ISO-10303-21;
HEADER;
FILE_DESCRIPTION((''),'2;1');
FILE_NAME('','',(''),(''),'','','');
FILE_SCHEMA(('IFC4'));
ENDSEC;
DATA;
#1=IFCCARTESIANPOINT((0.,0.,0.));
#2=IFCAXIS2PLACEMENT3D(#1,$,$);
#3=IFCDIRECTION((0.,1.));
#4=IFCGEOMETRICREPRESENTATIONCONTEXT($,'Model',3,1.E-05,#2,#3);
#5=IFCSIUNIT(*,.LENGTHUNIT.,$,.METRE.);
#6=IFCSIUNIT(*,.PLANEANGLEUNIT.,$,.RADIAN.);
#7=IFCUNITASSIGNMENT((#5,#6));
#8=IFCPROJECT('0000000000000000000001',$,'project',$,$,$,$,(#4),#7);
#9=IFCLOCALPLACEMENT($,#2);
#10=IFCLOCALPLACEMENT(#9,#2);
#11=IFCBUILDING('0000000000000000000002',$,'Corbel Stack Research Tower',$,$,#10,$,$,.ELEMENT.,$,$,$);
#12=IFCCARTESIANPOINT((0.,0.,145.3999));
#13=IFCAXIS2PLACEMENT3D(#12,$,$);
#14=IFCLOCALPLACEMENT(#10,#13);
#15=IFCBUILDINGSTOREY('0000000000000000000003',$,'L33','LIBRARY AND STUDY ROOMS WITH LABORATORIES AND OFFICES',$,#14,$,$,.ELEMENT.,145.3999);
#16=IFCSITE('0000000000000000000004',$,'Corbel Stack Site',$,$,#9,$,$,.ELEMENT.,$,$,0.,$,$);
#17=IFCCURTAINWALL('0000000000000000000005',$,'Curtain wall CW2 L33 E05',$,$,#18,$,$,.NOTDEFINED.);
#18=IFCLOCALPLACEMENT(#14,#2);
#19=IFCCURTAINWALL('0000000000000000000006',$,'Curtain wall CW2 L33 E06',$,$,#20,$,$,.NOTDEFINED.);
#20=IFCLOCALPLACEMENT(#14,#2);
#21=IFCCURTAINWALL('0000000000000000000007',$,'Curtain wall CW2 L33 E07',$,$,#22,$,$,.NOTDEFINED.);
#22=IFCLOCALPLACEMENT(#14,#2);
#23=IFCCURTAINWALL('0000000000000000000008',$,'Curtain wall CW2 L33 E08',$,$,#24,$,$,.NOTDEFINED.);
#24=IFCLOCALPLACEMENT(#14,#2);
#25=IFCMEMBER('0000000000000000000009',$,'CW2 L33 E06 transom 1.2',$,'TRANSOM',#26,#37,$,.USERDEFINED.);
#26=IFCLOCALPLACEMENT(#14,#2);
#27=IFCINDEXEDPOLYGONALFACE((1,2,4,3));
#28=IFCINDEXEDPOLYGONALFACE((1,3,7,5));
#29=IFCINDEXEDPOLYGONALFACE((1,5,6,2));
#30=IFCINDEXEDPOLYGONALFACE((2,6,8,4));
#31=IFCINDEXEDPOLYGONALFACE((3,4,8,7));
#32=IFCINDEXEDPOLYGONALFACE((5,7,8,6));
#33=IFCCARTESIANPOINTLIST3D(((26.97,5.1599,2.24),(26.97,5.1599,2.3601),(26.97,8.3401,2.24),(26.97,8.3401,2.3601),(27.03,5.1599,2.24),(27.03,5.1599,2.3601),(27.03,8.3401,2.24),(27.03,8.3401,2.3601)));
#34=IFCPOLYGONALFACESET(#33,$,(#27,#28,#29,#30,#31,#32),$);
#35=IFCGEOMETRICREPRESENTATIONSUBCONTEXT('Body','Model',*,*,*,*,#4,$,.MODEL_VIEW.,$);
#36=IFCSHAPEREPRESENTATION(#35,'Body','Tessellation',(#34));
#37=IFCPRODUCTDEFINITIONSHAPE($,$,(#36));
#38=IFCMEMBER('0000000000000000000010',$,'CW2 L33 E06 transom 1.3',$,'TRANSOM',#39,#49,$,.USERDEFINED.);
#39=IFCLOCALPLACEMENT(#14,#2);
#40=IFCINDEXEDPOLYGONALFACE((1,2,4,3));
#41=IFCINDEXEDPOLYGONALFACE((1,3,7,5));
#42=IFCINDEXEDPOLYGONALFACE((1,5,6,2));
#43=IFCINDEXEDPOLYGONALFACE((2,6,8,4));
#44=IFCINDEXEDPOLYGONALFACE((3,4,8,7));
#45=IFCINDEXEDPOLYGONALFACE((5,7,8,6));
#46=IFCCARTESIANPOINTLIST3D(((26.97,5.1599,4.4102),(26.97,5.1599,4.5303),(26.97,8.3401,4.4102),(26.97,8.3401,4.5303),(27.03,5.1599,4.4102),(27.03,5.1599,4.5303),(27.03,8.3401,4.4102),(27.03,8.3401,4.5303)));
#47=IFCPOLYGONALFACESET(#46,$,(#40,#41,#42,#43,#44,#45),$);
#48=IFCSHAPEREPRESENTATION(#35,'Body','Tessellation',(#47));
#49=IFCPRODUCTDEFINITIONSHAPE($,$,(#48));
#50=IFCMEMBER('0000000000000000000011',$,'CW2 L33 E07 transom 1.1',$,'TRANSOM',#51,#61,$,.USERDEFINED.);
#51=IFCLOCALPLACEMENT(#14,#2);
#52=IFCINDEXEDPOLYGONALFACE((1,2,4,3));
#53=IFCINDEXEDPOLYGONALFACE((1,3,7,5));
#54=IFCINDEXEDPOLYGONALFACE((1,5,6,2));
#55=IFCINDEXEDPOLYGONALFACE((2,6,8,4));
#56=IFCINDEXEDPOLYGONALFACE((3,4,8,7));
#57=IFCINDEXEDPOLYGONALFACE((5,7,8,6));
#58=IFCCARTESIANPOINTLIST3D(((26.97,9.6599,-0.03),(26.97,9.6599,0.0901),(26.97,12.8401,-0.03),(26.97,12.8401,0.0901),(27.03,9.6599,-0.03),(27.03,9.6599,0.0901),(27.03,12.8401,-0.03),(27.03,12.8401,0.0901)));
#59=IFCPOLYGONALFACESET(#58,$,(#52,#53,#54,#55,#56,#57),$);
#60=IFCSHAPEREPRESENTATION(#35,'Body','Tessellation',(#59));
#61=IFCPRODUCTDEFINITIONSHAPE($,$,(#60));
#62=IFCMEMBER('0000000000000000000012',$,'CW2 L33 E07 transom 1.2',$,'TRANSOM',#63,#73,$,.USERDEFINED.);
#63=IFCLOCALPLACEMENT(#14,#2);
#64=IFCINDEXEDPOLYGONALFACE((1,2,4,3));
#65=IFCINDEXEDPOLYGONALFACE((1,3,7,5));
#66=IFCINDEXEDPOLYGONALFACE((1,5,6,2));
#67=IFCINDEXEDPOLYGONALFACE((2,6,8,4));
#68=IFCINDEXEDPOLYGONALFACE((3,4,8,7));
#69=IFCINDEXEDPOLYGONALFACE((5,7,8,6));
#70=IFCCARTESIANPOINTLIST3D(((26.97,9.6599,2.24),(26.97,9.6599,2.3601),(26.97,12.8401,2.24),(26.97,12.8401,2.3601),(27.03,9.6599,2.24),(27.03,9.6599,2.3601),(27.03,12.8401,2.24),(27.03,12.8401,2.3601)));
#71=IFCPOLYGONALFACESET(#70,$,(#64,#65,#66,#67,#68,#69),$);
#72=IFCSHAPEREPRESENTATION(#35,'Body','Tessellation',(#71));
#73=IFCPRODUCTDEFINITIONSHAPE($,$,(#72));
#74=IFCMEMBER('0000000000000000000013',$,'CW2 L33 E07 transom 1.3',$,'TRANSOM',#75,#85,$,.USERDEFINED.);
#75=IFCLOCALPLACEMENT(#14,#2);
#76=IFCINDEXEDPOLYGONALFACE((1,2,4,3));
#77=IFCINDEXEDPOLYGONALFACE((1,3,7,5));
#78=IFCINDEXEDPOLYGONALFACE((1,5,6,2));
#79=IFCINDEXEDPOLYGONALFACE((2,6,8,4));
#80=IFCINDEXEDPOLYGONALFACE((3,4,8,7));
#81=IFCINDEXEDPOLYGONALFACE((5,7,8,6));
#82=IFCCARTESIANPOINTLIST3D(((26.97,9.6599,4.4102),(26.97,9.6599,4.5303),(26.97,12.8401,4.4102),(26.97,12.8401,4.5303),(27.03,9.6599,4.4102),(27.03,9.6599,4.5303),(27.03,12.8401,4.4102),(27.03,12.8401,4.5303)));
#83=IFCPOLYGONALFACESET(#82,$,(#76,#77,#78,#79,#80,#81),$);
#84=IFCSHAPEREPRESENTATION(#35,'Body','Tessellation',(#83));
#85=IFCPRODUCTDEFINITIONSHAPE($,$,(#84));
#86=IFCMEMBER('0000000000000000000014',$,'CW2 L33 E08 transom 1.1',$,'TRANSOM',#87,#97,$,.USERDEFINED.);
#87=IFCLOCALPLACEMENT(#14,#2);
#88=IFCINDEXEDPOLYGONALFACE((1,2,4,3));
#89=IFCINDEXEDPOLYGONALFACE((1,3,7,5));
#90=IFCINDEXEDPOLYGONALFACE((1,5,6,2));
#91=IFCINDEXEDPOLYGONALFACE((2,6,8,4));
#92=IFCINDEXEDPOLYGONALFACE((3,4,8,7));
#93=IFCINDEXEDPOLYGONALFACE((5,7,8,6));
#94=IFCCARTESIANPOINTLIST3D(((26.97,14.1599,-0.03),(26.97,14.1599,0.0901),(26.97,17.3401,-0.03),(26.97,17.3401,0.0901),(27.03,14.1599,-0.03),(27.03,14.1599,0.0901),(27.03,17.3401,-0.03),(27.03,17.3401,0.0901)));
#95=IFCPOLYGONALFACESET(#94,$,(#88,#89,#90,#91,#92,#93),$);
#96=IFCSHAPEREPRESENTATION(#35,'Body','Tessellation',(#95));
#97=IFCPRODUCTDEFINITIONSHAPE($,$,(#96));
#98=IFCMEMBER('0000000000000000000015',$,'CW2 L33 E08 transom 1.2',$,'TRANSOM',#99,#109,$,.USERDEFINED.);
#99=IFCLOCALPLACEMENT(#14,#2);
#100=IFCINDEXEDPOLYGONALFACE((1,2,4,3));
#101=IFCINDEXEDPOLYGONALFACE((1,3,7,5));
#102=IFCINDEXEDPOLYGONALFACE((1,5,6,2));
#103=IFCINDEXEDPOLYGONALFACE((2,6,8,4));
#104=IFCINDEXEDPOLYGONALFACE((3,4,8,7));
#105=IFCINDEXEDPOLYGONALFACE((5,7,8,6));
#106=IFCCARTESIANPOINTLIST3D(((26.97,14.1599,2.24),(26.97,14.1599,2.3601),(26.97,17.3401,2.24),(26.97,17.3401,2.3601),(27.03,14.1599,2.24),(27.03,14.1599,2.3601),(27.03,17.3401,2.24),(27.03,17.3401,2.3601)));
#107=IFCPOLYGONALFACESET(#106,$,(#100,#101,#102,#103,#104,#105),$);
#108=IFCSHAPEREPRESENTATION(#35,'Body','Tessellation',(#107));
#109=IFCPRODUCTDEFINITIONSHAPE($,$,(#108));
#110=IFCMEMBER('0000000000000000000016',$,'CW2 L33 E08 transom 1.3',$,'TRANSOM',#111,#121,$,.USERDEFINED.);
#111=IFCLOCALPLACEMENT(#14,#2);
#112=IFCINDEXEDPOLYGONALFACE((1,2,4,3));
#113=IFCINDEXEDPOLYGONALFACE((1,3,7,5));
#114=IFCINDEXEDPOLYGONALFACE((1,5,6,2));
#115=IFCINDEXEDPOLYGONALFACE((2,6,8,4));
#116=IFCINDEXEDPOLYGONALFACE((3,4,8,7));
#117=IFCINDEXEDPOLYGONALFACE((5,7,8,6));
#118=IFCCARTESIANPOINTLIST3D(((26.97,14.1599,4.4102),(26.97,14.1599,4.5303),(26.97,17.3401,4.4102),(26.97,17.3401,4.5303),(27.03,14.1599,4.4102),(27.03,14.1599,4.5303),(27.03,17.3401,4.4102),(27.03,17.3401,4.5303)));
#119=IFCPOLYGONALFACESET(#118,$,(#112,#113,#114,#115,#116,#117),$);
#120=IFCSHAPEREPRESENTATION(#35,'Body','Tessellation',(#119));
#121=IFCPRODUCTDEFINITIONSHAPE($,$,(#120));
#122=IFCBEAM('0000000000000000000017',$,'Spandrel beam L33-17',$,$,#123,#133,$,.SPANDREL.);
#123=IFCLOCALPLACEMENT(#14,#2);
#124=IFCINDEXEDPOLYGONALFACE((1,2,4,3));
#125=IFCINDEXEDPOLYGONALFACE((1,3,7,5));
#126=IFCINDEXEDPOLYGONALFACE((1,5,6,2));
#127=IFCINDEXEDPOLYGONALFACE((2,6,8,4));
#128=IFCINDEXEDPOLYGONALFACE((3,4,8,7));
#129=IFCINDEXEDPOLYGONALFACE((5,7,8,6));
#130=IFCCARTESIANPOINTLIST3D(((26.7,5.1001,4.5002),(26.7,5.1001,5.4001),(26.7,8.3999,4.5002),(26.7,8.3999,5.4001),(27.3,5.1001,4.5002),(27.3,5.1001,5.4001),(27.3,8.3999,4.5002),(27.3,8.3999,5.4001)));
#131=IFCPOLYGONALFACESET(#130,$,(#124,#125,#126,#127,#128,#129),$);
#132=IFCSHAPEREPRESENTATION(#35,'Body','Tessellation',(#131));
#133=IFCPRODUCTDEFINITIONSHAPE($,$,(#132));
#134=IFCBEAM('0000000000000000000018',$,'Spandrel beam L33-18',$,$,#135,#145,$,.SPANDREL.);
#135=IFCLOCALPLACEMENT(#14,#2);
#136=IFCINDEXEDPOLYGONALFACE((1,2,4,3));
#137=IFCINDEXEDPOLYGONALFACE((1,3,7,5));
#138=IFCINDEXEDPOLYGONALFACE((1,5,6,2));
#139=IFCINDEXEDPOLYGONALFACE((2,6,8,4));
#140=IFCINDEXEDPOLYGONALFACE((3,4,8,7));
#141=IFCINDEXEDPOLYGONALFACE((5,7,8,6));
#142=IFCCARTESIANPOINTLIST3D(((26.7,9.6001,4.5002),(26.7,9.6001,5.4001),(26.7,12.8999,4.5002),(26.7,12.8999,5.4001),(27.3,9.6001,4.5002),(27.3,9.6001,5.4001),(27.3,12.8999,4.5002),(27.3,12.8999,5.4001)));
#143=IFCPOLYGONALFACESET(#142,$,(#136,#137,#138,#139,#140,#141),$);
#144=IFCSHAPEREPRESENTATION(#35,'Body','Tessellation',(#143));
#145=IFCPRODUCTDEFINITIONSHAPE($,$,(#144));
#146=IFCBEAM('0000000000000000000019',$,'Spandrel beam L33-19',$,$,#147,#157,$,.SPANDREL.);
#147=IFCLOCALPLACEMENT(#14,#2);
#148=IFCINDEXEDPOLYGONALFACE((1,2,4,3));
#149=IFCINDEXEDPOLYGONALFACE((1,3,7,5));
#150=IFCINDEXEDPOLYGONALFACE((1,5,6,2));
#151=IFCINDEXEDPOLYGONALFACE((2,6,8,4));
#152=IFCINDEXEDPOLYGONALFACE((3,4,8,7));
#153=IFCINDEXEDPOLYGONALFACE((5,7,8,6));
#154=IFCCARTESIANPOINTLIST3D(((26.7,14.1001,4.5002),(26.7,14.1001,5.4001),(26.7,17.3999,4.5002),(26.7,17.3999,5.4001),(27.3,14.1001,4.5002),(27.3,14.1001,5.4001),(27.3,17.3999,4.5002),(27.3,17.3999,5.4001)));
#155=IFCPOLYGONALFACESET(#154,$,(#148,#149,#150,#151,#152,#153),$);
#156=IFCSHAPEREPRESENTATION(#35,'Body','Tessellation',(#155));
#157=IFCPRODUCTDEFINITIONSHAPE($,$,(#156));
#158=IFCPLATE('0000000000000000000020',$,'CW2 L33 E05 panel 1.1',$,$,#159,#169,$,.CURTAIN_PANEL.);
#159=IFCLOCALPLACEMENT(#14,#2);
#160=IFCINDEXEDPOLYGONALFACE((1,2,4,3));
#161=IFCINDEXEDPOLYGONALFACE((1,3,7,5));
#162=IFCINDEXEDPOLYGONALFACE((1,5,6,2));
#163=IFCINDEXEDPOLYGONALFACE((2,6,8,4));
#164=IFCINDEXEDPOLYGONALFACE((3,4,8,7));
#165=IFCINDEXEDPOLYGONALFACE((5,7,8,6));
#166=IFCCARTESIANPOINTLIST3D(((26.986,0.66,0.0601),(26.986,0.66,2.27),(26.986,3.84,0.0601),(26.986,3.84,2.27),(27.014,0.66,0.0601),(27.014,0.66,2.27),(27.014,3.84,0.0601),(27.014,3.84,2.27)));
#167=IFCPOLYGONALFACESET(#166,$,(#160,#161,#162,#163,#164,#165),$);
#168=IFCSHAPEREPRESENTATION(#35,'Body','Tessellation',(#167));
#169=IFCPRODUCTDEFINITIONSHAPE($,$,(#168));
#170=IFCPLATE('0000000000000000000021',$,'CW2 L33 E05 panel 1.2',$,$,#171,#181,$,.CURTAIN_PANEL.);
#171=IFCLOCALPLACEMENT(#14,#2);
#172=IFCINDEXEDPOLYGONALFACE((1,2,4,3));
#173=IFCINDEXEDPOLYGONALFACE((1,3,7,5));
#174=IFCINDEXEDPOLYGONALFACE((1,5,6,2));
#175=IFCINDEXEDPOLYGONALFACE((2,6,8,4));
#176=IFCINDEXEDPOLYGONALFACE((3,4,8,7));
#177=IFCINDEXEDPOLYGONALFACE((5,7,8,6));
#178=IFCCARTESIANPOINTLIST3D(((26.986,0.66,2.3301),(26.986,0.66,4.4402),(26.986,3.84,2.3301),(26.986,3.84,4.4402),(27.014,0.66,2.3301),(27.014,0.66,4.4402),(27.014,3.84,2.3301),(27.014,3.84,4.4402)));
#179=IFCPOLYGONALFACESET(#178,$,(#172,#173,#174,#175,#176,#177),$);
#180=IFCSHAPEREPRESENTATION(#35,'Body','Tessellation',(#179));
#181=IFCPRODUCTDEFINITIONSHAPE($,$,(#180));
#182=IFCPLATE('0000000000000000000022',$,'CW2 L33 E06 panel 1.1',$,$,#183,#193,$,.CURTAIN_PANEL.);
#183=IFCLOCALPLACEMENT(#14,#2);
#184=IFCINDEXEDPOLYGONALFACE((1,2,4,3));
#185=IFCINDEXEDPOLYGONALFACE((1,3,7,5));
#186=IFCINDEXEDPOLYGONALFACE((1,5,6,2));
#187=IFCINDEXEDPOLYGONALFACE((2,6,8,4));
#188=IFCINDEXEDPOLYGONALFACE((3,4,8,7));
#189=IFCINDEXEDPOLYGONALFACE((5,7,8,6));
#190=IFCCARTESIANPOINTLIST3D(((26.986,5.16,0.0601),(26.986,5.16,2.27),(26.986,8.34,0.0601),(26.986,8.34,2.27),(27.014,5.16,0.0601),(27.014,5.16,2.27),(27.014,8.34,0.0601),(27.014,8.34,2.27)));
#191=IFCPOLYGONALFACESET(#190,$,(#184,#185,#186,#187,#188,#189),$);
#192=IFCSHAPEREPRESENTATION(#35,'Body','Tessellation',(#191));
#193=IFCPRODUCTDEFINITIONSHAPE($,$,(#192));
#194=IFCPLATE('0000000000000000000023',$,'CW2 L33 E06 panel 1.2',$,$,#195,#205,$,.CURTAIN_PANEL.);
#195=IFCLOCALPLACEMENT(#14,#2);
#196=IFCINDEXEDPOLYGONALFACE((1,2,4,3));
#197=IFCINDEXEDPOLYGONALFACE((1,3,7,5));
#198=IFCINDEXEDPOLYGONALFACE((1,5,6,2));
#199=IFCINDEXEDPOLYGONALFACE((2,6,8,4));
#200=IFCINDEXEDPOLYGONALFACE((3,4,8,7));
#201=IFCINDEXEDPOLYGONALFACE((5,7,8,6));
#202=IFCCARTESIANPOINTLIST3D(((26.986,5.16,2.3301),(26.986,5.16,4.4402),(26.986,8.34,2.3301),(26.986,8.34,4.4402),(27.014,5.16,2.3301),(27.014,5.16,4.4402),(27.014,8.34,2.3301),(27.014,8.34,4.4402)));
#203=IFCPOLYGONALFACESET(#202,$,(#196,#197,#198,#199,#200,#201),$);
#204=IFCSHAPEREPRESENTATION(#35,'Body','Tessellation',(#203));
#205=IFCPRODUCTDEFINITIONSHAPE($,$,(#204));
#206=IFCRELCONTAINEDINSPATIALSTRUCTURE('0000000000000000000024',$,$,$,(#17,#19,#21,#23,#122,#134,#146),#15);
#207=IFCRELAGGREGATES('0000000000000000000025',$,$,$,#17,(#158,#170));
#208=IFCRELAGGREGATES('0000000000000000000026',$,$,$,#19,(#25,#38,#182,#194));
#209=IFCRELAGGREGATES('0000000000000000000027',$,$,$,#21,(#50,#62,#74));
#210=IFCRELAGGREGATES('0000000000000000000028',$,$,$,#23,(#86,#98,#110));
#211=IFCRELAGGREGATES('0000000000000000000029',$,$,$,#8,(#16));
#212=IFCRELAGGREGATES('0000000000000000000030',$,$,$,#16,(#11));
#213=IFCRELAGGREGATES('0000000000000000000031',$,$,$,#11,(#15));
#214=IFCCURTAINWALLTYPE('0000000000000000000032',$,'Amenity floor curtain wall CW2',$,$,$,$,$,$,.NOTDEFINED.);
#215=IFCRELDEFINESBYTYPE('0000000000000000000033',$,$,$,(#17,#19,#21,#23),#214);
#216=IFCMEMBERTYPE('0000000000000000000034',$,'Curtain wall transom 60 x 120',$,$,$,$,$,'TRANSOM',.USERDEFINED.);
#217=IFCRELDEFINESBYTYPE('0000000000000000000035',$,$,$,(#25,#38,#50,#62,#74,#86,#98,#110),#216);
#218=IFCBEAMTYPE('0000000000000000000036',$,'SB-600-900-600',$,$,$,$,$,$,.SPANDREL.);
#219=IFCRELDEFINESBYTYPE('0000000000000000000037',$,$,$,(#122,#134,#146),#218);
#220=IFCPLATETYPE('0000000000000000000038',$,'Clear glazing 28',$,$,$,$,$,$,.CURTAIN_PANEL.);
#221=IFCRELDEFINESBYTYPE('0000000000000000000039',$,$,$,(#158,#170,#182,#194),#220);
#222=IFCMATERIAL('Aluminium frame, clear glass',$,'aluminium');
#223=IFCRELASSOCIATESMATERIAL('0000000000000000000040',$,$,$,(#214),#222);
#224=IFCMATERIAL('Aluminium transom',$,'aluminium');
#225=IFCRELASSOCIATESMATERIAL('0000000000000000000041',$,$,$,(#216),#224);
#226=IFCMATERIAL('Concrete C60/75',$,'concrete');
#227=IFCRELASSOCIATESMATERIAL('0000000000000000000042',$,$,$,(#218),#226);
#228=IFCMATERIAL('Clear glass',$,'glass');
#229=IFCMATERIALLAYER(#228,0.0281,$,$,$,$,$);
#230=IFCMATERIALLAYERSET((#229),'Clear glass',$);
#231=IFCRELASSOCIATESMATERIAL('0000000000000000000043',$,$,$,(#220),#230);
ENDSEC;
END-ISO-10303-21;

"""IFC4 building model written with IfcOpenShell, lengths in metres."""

from ifc_helpers import new_model, si_unit, direction, frame, origin, origin_2d, place, context, subcontext, project, spatial, rectangle, extrude, material, layer, layer_set, material_profile, profile_set, type_object, element, aggregate, save


model = new_model("IFC4")

# Units and contexts
model_context = context("Model", 3, precision=1e-05, world=origin(), true_north=direction((0.0, 1.0)))
body_context = subcontext(model_context, "Body", "Model", "MODEL_VIEW")
ifc_project = project(units=[si_unit("LENGTHUNIT", "METRE"), si_unit("PLANEANGLEUNIT", "RADIAN")], contexts=[model_context])

# Site, building, storey
site_placement = place(None, origin())
site = spatial("IfcSite", under=ifc_project, at=site_placement, Name="Corbel Stack Site", CompositionType="ELEMENT", RefElevation=0.0)
building_placement = place(site_placement, origin())
building = spatial("IfcBuilding", under=site, at=building_placement, Name="Corbel Stack Research Tower", CompositionType="ELEMENT")
storey_placement = place(building_placement, frame((0.0, 0.0, 145.3999)))
storey = spatial("IfcBuildingStorey", under=building, at=storey_placement, Name="L33", Description="LIBRARY AND STUDY ROOMS WITH LABORATORIES AND OFFICES", CompositionType="ELEMENT", Elevation=145.3999)

# Curtain wall
ifc_material_1 = material(Name="Aluminium frame, clear glass", Category="aluminium")
curtain_wall_type = type_object("IfcCurtainWallType", Name="Amenity floor curtain wall CW2", PredefinedType="NOTDEFINED", material=ifc_material_1)
curtain_wall_1_placement = place(storey_placement, origin())
curtain_wall_1 = element("IfcCurtainWall", 1, at=curtain_wall_1_placement, inside=storey, type_object=curtain_wall_type, Name="Curtain wall CW2 L33 E05", PredefinedType="NOTDEFINED")

# Curtain walls
curtain_wall_2_placement = place(storey_placement, origin())
curtain_wall_2 = element("IfcCurtainWall", 2, at=curtain_wall_2_placement, inside=storey, type_object=curtain_wall_type, Name="Curtain wall CW2 L33 E06", PredefinedType="NOTDEFINED")
curtain_wall_3_placement = place(storey_placement, origin())
curtain_wall_3 = element("IfcCurtainWall", 3, at=curtain_wall_3_placement, inside=storey, type_object=curtain_wall_type, Name="Curtain wall CW2 L33 E07", PredefinedType="NOTDEFINED")
curtain_wall_4_placement = place(storey_placement, origin())
curtain_wall_4 = element("IfcCurtainWall", 4, at=curtain_wall_4_placement, inside=storey, type_object=curtain_wall_type, Name="Curtain wall CW2 L33 E08", PredefinedType="NOTDEFINED")

# Members
ifc_material_2 = material(Name="Aluminium transom", Category="aluminium")
ifc_material_profile_1 = material_profile(ifc_material_2, rectangle(XDim=0.0601, YDim=0.1201, at=origin_2d()), Name="Transom 60 x 120")
ifc_profile_set_1 = profile_set([ifc_material_profile_1], Name="Aluminium transom")
member_type_1 = type_object("IfcMemberType", Name="Curtain wall transom 60 x 120", ElementType="TRANSOM", PredefinedType="USERDEFINED", material=ifc_profile_set_1)
member_1_placement = place(storey_placement, frame((27.0, 5.1599, 2.3), z_axis=(0.0, 1.0, 0.0), x_axis=(-1.0, 0.0, 0.0)))
member_1 = element("IfcMember", 5, at=member_1_placement, type_object=member_type_1, Name="CW2 L33 E06 transom 1.2", ObjectType="TRANSOM", PredefinedType="USERDEFINED", context=body_context, shape_type="SweptSolid", body=[
    extrude(rectangle(XDim=0.0601, YDim=0.1201, at=origin_2d()), origin(), (0.0, 0.0, 1.0), 3.1802),
])
member_2_placement = place(storey_placement, frame((27.0, 5.1599, 4.4702), z_axis=(0.0, 1.0, 0.0), x_axis=(-1.0, 0.0, 0.0)))
member_2 = element("IfcMember", 6, at=member_2_placement, type_object=member_type_1, Name="CW2 L33 E06 transom 1.3", ObjectType="TRANSOM", PredefinedType="USERDEFINED", context=body_context, shape_type="SweptSolid", body=[
    extrude(rectangle(XDim=0.0601, YDim=0.1201, at=origin_2d()), origin(), (0.0, 0.0, 1.0), 3.1802),
])
member_3_placement = place(storey_placement, frame((27.0, 9.6599, 0.03), z_axis=(0.0, 1.0, 0.0), x_axis=(-1.0, 0.0, 0.0)))
member_3 = element("IfcMember", 7, at=member_3_placement, type_object=member_type_1, Name="CW2 L33 E07 transom 1.1", ObjectType="TRANSOM", PredefinedType="USERDEFINED", context=body_context, shape_type="SweptSolid", body=[
    extrude(rectangle(XDim=0.0601, YDim=0.1201, at=origin_2d()), origin(), (0.0, 0.0, 1.0), 3.1802),
])
member_4_placement = place(storey_placement, frame((27.0, 9.6599, 2.3), z_axis=(0.0, 1.0, 0.0), x_axis=(-1.0, 0.0, 0.0)))
member_4 = element("IfcMember", 8, at=member_4_placement, type_object=member_type_1, Name="CW2 L33 E07 transom 1.2", ObjectType="TRANSOM", PredefinedType="USERDEFINED", context=body_context, shape_type="SweptSolid", body=[
    extrude(rectangle(XDim=0.0601, YDim=0.1201, at=origin_2d()), origin(), (0.0, 0.0, 1.0), 3.1802),
])
member_5_placement = place(storey_placement, frame((27.0, 9.6599, 4.4702), z_axis=(0.0, 1.0, 0.0), x_axis=(-1.0, 0.0, 0.0)))
member_5 = element("IfcMember", 9, at=member_5_placement, type_object=member_type_1, Name="CW2 L33 E07 transom 1.3", ObjectType="TRANSOM", PredefinedType="USERDEFINED", context=body_context, shape_type="SweptSolid", body=[
    extrude(rectangle(XDim=0.0601, YDim=0.1201, at=origin_2d()), origin(), (0.0, 0.0, 1.0), 3.1802),
])
member_6_placement = place(storey_placement, frame((27.0, 14.1599, 0.03), z_axis=(0.0, 1.0, 0.0), x_axis=(-1.0, 0.0, 0.0)))
member_6 = element("IfcMember", 10, at=member_6_placement, type_object=member_type_1, Name="CW2 L33 E08 transom 1.1", ObjectType="TRANSOM", PredefinedType="USERDEFINED", context=body_context, shape_type="SweptSolid", body=[
    extrude(rectangle(XDim=0.0601, YDim=0.1201, at=origin_2d()), origin(), (0.0, 0.0, 1.0), 3.1802),
])
member_7_placement = place(storey_placement, frame((27.0, 14.1599, 2.3), z_axis=(0.0, 1.0, 0.0), x_axis=(-1.0, 0.0, 0.0)))
member_7 = element("IfcMember", 11, at=member_7_placement, type_object=member_type_1, Name="CW2 L33 E08 transom 1.2", ObjectType="TRANSOM", PredefinedType="USERDEFINED", context=body_context, shape_type="SweptSolid", body=[
    extrude(rectangle(XDim=0.0601, YDim=0.1201, at=origin_2d()), origin(), (0.0, 0.0, 1.0), 3.1802),
])
member_8_placement = place(storey_placement, frame((27.0, 14.1599, 4.4702), z_axis=(0.0, 1.0, 0.0), x_axis=(-1.0, 0.0, 0.0)))
member_8 = element("IfcMember", 12, at=member_8_placement, type_object=member_type_1, Name="CW2 L33 E08 transom 1.3", ObjectType="TRANSOM", PredefinedType="USERDEFINED", context=body_context, shape_type="SweptSolid", body=[
    extrude(rectangle(XDim=0.0601, YDim=0.1201, at=origin_2d()), origin(), (0.0, 0.0, 1.0), 3.1802),
])

# Beams
ifc_material_3 = material(Name="Concrete C60/75", Category="concrete")
ifc_material_profile_2 = material_profile(ifc_material_3, rectangle(XDim=0.6001, YDim=0.8999, at=origin_2d()), Name="RC 600 x 900")
ifc_profile_set_2 = profile_set([ifc_material_profile_2], Name="Concrete C60/75")
beam_type = type_object("IfcBeamType", Name="SB-600-900-600", PredefinedType="SPANDREL", material=ifc_profile_set_2)
for number, where, z_axis, x_axis, name in (
    (13, (27.0, 5.1001, 4.9502), (0.0, 1.0, 0.0), (-1.0, 0.0, 0.0), "Spandrel beam L33-17"),
    (14, (27.0, 9.6001, 4.9502), (0.0, 1.0, 0.0), (-1.0, 0.0, 0.0), "Spandrel beam L33-18"),
    (15, (27.0, 14.1001, 4.9502), (0.0, 1.0, 0.0), (-1.0, 0.0, 0.0), "Spandrel beam L33-19"),
):
    element("IfcBeam", number, at=place(storey_placement, frame(where, z_axis=z_axis, x_axis=x_axis)), inside=storey, type_object=beam_type, Name=name, PredefinedType="SPANDREL", context=body_context, shape_type="SweptSolid", body=[
        extrude(rectangle(XDim=0.6001, YDim=0.8999, at=origin_2d()), origin(), (0.0, 0.0, 1.0), 3.2998),
    ])

# Plates
ifc_material_4 = material(Name="Clear glass", Category="glass")
ifc_layer_1 = layer(ifc_material_4, 0.0281)
ifc_layer_set_1 = layer_set([ifc_layer_1], Name="Clear glass")
plate_type = type_object("IfcPlateType", Name="Clear glazing 28", PredefinedType="CURTAIN_PANEL", material=ifc_layer_set_1)
plate_1_placement = place(storey_placement, frame((27.0, 2.25, 0.0601), z_axis=(0.0, 0.0, 1.0), x_axis=(0.0, 1.0, 0.0)))
plate_1 = element("IfcPlate", 16, at=plate_1_placement, type_object=plate_type, Name="CW2 L33 E05 panel 1.1", PredefinedType="CURTAIN_PANEL", context=body_context, shape_type="SweptSolid", body=[
    extrude(rectangle(XDim=3.1799, YDim=0.0281, at=origin_2d()), origin(), (0.0, 0.0, 1.0), 2.21),
])
plate_2_placement = place(storey_placement, frame((27.0, 2.25, 2.3301), z_axis=(0.0, 0.0, 1.0), x_axis=(0.0, 1.0, 0.0)))
plate_2 = element("IfcPlate", 17, at=plate_2_placement, type_object=plate_type, Name="CW2 L33 E05 panel 1.2", PredefinedType="CURTAIN_PANEL", context=body_context, shape_type="SweptSolid", body=[
    extrude(rectangle(XDim=3.1799, YDim=0.0281, at=origin_2d()), origin(), (0.0, 0.0, 1.0), 2.1101),
])
aggregate(curtain_wall_1, [plate_1, plate_2])
plate_3_placement = place(storey_placement, frame((27.0, 6.75, 0.0601), z_axis=(0.0, 0.0, 1.0), x_axis=(0.0, 1.0, 0.0)))
plate_3 = element("IfcPlate", 18, at=plate_3_placement, type_object=plate_type, Name="CW2 L33 E06 panel 1.1", PredefinedType="CURTAIN_PANEL", context=body_context, shape_type="SweptSolid", body=[
    extrude(rectangle(XDim=3.1799, YDim=0.0281, at=origin_2d()), origin(), (0.0, 0.0, 1.0), 2.21),
])
plate_4_placement = place(storey_placement, frame((27.0, 6.75, 2.3301), z_axis=(0.0, 0.0, 1.0), x_axis=(0.0, 1.0, 0.0)))
plate_4 = element("IfcPlate", 19, at=plate_4_placement, type_object=plate_type, Name="CW2 L33 E06 panel 1.2", PredefinedType="CURTAIN_PANEL", context=body_context, shape_type="SweptSolid", body=[
    extrude(rectangle(XDim=3.1799, YDim=0.0281, at=origin_2d()), origin(), (0.0, 0.0, 1.0), 2.1101),
])
aggregate(curtain_wall_2, [member_1, member_2, plate_3, plate_4])
aggregate(curtain_wall_3, [member_3, member_4, member_5])
aggregate(curtain_wall_4, [member_6, member_7, member_8])

save(model, "model.ifc")
